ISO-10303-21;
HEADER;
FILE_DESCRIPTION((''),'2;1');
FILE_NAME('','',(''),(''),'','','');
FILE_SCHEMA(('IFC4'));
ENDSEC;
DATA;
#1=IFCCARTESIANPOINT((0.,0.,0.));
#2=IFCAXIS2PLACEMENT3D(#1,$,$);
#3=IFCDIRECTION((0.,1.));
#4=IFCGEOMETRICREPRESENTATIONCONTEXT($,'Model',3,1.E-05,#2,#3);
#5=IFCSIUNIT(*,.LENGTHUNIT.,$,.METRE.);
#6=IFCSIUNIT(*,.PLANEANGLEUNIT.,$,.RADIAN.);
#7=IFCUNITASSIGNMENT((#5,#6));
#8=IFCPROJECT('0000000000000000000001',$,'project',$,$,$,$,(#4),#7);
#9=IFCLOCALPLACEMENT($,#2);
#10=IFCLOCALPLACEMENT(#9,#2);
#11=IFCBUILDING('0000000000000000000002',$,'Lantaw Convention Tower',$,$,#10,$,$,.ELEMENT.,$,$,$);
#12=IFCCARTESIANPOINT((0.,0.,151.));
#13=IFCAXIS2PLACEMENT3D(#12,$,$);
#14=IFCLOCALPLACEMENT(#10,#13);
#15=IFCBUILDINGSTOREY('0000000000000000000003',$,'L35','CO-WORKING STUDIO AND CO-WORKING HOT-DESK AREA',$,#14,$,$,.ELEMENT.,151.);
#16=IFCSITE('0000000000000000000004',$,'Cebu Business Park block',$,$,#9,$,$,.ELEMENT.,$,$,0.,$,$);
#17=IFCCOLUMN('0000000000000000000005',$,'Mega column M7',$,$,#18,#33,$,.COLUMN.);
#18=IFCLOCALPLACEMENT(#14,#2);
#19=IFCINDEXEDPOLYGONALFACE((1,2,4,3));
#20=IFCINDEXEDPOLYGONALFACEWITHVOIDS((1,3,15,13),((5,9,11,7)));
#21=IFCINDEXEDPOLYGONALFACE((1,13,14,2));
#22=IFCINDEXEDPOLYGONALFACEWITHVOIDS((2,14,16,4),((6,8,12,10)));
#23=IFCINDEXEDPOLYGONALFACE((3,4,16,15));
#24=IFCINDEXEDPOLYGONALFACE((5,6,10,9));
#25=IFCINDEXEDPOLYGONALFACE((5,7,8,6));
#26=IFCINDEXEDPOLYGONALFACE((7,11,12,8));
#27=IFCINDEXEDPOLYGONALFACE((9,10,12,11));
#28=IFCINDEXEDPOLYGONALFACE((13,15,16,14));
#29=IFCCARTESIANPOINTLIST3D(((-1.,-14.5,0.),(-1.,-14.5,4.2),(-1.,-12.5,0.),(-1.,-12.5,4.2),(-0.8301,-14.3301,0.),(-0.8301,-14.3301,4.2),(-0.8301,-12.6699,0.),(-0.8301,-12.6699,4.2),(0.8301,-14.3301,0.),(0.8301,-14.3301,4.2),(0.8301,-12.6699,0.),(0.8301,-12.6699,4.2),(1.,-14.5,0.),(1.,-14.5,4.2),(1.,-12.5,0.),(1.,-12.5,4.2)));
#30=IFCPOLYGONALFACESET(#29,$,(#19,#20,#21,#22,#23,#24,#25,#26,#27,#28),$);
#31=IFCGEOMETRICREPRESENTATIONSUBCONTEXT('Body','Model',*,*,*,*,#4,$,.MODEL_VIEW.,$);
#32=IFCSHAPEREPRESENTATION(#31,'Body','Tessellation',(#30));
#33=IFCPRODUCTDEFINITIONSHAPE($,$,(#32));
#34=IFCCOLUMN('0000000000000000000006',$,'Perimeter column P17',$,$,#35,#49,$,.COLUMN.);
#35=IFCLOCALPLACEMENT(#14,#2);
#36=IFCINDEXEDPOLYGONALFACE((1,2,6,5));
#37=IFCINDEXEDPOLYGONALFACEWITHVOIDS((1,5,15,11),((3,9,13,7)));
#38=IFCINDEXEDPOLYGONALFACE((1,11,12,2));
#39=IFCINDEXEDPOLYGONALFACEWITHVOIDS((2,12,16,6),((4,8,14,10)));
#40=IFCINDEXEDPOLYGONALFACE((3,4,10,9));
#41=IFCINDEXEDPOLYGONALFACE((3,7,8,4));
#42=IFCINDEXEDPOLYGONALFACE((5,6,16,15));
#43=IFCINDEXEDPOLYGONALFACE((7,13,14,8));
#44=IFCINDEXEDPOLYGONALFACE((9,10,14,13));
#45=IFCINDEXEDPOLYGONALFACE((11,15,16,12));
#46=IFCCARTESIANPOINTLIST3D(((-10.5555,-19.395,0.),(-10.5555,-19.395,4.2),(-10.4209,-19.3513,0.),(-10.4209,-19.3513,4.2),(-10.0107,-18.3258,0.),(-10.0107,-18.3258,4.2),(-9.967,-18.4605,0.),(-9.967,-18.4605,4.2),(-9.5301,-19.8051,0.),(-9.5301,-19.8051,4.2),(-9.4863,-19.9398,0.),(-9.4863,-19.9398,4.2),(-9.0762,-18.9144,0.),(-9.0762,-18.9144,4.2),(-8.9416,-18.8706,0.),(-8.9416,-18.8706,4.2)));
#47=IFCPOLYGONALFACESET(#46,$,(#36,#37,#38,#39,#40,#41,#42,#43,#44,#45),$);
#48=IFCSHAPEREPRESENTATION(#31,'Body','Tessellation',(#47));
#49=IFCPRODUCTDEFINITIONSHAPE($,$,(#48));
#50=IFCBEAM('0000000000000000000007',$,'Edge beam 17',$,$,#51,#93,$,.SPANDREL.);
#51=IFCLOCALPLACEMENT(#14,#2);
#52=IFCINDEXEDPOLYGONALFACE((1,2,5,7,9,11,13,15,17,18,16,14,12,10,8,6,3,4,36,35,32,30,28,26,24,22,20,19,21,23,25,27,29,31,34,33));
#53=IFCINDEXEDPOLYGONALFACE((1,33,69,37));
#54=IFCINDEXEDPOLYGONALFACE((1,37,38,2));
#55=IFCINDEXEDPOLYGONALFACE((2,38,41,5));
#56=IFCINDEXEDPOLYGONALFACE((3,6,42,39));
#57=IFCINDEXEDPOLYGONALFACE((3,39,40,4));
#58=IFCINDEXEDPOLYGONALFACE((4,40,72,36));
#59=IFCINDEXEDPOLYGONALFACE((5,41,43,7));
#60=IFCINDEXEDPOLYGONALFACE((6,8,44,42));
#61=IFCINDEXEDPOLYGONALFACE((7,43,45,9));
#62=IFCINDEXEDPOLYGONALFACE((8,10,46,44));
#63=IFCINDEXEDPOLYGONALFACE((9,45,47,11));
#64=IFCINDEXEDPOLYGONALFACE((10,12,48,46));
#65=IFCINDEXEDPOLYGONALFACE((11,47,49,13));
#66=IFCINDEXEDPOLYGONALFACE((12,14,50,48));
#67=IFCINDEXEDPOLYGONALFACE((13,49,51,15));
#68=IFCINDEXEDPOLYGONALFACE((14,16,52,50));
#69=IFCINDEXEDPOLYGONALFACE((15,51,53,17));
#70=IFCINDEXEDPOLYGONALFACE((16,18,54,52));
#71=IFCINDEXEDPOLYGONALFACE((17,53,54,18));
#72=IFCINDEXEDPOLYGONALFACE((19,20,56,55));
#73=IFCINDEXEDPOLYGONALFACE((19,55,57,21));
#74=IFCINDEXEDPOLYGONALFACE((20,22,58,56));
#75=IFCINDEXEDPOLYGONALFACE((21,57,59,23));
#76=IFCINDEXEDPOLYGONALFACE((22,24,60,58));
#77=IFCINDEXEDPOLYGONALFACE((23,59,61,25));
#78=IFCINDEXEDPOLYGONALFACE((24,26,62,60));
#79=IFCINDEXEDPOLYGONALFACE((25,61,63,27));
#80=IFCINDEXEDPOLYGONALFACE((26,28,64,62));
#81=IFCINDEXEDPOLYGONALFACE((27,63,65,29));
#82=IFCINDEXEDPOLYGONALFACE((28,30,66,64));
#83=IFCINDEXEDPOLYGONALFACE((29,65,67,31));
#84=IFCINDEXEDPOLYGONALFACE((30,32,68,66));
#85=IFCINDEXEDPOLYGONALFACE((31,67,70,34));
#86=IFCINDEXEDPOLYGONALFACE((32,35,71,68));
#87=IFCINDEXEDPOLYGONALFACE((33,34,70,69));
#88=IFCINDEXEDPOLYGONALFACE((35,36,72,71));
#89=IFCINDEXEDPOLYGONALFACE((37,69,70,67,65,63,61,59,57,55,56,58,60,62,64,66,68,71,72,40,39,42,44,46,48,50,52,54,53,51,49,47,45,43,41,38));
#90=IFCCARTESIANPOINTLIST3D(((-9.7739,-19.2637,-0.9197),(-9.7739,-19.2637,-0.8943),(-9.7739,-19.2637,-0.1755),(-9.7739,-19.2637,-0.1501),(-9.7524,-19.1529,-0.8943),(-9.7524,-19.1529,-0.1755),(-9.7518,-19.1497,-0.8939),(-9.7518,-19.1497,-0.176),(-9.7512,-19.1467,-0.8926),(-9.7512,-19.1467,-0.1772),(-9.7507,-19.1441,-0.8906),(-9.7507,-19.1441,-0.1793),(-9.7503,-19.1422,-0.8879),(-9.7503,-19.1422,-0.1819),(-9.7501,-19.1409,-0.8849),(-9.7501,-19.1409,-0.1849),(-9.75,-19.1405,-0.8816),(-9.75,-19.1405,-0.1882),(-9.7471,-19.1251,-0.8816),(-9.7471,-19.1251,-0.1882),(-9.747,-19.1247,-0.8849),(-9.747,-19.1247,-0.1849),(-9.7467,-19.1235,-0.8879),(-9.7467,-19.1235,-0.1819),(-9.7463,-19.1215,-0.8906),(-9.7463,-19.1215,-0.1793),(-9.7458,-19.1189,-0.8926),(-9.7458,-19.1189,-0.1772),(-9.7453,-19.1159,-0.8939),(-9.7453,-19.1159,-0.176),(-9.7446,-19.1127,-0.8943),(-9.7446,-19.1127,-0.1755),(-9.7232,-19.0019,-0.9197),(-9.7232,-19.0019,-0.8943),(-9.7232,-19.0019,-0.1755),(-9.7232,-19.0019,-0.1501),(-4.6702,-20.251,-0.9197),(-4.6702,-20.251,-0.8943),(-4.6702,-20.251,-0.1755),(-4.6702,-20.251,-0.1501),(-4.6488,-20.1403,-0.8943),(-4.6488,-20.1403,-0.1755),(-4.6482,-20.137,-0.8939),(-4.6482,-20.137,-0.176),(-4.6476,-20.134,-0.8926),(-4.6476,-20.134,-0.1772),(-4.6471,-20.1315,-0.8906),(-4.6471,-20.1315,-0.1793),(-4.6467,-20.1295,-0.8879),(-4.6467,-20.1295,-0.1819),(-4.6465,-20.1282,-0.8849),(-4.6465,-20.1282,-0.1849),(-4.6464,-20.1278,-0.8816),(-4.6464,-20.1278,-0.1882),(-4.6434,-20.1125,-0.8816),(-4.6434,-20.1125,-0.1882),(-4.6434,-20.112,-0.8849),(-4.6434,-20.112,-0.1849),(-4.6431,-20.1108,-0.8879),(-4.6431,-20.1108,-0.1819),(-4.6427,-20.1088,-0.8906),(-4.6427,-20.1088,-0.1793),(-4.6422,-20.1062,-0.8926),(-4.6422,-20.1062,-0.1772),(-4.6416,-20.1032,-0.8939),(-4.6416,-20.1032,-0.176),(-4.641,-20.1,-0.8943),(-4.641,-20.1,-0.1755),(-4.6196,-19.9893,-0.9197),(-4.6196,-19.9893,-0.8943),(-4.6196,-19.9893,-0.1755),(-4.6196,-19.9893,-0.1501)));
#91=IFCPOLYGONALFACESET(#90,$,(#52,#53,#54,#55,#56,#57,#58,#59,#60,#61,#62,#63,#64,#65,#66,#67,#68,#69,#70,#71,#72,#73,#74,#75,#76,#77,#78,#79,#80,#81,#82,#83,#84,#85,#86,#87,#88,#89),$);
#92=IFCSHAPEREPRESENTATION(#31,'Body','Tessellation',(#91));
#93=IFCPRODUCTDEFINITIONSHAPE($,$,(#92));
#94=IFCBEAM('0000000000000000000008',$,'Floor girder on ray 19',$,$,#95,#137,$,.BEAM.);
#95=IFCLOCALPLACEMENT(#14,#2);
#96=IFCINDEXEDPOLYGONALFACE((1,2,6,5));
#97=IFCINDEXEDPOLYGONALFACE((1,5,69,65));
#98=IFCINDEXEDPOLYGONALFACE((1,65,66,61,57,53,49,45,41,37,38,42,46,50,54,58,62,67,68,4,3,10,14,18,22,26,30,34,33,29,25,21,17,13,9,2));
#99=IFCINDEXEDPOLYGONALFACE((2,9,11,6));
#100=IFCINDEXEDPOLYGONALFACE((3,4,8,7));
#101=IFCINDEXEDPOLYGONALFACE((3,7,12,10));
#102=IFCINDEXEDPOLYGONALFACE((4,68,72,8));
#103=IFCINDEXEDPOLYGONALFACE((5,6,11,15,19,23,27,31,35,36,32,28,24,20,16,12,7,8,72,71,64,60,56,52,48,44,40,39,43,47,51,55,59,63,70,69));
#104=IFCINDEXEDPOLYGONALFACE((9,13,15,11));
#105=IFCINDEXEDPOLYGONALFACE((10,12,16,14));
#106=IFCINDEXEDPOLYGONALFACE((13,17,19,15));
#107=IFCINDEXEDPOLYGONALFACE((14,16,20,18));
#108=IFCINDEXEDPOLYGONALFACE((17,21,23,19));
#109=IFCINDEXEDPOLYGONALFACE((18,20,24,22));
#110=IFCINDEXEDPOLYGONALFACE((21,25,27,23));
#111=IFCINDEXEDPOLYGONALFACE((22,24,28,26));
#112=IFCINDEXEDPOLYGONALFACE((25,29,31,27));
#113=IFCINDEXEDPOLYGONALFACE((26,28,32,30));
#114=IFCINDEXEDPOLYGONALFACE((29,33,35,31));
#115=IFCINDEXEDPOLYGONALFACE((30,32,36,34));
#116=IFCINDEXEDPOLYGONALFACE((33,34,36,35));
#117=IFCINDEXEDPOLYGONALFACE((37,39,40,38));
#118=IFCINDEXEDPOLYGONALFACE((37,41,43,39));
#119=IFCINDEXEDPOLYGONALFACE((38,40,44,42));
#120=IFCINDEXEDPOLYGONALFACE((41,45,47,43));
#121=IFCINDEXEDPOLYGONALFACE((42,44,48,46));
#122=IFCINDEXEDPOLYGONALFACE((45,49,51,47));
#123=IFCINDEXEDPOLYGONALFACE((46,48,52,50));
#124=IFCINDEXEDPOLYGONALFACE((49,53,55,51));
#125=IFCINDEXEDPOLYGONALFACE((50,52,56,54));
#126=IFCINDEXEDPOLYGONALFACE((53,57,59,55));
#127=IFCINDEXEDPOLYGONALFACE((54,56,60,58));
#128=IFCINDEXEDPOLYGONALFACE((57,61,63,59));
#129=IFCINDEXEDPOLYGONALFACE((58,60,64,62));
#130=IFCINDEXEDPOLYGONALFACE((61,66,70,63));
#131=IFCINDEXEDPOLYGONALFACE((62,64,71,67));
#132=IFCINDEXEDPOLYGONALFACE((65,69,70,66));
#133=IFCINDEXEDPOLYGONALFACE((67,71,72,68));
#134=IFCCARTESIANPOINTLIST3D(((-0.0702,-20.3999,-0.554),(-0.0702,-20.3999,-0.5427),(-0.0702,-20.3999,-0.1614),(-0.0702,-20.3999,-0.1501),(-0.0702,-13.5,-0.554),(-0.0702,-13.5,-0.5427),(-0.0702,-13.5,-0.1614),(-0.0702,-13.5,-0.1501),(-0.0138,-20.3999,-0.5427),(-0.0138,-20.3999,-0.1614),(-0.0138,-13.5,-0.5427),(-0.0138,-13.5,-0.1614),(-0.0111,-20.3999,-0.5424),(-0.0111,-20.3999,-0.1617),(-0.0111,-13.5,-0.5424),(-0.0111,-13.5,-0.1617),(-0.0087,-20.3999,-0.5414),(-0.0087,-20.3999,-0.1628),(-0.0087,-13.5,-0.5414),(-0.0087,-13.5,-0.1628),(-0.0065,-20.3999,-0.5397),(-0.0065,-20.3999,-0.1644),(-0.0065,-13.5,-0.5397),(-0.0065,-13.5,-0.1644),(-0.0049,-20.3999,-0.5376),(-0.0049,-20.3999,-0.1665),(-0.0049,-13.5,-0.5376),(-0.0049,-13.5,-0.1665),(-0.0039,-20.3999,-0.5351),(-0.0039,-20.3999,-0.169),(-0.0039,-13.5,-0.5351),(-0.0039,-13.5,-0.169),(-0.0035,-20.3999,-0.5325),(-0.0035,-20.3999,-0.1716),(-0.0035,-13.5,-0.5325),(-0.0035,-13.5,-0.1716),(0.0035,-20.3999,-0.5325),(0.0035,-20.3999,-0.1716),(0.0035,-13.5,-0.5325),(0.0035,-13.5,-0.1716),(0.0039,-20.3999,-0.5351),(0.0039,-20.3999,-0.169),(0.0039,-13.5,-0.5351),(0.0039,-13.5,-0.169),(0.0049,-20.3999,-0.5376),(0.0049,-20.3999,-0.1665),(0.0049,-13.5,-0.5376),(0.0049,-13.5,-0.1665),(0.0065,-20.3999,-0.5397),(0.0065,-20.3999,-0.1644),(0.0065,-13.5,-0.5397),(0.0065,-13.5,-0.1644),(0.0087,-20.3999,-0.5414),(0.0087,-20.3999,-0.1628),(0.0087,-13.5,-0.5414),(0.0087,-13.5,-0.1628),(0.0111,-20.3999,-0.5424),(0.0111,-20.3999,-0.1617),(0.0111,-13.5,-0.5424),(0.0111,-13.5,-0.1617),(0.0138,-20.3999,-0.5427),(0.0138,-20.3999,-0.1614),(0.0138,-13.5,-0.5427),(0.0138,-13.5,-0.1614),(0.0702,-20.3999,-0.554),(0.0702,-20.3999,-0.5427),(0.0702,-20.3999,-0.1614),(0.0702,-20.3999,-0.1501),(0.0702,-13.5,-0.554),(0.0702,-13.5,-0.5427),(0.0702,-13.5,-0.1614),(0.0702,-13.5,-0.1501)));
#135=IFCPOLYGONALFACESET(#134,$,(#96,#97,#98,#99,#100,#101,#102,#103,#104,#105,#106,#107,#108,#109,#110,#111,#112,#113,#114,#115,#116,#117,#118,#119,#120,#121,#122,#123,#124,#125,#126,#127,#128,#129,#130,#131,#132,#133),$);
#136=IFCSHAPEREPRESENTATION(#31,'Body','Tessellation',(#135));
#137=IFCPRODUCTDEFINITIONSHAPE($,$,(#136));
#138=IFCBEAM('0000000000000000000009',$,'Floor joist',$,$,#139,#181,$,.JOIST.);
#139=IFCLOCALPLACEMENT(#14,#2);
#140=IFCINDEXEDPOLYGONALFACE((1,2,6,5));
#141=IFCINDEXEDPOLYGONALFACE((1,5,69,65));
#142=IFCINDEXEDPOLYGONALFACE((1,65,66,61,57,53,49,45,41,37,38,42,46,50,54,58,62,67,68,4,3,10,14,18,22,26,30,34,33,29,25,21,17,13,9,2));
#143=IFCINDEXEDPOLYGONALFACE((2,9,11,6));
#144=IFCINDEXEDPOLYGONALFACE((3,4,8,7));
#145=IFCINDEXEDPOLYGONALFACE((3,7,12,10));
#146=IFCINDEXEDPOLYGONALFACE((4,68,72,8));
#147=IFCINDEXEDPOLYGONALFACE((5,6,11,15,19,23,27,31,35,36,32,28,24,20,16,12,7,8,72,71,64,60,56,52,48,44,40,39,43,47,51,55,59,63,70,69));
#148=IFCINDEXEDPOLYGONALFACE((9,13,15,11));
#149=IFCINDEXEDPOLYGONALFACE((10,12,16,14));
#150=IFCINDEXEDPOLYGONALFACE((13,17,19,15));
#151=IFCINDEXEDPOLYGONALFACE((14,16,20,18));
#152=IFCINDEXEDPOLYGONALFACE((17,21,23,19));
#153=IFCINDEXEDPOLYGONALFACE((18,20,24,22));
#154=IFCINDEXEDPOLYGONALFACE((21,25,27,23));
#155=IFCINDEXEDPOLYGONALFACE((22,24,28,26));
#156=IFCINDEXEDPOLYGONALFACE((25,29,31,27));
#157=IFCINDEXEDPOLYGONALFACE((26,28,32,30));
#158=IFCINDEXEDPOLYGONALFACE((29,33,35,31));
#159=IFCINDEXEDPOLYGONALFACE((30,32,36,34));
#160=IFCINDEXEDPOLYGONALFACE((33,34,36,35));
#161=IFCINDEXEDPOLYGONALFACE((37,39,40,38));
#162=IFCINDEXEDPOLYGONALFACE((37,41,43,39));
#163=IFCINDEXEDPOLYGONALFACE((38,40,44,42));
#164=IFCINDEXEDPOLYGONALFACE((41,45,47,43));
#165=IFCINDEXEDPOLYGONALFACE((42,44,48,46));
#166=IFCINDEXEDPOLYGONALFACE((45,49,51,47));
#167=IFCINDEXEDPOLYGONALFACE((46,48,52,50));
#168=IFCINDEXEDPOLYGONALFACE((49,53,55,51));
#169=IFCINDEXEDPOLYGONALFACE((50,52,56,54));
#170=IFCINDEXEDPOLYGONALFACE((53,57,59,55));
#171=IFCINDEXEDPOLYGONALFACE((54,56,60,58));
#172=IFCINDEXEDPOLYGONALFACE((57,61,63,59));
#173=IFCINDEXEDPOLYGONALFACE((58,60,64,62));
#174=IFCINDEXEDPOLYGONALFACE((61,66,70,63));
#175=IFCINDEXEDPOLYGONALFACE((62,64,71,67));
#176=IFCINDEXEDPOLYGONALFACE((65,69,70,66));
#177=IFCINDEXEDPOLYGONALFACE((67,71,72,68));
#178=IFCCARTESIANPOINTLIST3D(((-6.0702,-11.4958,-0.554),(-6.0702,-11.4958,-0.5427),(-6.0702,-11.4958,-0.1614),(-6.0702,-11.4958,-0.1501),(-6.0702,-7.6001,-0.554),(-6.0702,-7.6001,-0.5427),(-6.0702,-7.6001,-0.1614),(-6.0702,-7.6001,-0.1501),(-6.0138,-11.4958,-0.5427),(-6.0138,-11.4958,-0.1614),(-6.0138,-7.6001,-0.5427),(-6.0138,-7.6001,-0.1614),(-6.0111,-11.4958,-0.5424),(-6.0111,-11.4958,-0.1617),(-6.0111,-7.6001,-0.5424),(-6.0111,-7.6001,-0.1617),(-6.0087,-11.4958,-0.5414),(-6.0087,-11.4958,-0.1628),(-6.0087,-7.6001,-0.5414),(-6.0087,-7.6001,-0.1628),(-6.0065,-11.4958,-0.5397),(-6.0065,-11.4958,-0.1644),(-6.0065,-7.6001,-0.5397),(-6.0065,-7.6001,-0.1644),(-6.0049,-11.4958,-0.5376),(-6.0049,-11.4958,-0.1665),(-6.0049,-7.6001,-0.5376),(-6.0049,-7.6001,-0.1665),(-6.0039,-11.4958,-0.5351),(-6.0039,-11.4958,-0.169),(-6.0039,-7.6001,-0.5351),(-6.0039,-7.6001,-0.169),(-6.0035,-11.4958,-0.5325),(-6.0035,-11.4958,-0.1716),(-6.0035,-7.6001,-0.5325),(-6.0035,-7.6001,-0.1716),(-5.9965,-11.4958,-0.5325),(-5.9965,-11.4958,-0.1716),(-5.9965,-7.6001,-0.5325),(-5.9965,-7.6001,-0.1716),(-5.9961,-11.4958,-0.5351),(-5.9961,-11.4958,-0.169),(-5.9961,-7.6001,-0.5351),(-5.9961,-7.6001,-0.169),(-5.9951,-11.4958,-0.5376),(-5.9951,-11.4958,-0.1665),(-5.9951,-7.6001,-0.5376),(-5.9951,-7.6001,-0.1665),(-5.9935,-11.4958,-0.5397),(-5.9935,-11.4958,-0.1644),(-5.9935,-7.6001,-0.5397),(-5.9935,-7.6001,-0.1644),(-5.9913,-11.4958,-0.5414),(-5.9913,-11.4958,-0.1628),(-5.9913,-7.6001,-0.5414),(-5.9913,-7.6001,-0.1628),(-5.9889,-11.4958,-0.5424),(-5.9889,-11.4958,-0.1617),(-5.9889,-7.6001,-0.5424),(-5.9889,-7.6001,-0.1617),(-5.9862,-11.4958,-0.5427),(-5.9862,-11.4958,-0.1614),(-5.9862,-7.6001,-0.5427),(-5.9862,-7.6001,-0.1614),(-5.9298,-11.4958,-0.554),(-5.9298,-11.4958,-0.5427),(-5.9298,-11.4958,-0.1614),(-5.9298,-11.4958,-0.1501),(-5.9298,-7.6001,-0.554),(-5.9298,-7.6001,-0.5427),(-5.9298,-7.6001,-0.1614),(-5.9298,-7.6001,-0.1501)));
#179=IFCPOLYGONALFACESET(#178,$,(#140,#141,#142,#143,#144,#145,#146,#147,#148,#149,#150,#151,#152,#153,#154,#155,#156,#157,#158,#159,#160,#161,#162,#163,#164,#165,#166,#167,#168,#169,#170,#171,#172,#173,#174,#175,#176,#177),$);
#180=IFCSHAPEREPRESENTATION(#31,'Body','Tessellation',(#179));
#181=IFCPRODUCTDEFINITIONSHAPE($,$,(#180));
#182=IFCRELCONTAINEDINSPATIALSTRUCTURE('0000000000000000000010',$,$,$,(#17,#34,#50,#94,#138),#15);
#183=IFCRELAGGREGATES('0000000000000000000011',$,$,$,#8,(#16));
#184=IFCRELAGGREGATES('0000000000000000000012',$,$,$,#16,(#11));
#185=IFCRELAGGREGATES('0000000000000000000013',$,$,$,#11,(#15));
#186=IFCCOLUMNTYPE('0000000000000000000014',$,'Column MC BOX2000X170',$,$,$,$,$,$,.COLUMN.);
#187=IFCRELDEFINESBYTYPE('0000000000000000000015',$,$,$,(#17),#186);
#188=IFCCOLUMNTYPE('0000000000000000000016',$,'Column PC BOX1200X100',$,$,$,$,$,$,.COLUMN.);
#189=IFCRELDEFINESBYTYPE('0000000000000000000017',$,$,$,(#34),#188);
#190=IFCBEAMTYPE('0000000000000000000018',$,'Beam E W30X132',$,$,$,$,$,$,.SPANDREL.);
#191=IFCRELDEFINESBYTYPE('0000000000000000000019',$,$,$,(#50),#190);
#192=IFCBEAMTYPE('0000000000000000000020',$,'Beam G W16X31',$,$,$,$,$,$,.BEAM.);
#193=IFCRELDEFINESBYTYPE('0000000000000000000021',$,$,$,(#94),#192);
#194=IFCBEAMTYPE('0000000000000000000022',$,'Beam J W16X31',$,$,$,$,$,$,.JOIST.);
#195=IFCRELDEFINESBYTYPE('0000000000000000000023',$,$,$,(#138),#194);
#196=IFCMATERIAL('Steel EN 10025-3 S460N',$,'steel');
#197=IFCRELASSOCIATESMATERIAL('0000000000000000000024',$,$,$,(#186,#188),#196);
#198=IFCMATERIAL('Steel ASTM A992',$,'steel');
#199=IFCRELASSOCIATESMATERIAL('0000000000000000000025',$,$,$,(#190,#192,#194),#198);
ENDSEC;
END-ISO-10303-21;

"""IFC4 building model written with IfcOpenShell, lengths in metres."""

from ifc_helpers import new_model, si_unit, direction, frame, origin, origin_2d, place, context, subcontext, project, spatial, rectangle, hollow_rectangle, i_section, extrude, material, material_profile, profile_set, type_object, element, save


model = new_model("IFC4")

# Units and contexts
model_context = context("Model", 3, precision=1e-05, world=origin(), true_north=direction((0.0, 1.0)))
body_context = subcontext(model_context, "Body", "Model", "MODEL_VIEW")
ifc_project = project(units=[si_unit("LENGTHUNIT", "METRE"), si_unit("PLANEANGLEUNIT", "RADIAN")], contexts=[model_context])

# Site, building, storey
site_placement = place(None, origin())
site = spatial("IfcSite", under=ifc_project, at=site_placement, Name="Cebu Business Park block", CompositionType="ELEMENT", RefElevation=0.0)
building_placement = place(site_placement, origin())
building = spatial("IfcBuilding", under=site, at=building_placement, Name="Lantaw Convention Tower", CompositionType="ELEMENT")
storey_placement = place(building_placement, frame((0.0, 0.0, 151.0)))
storey = spatial("IfcBuildingStorey", under=building, at=storey_placement, Name="L35", Description="CO-WORKING STUDIO AND CO-WORKING HOT-DESK AREA", CompositionType="ELEMENT", Elevation=151.0)

# Columns
ifc_material_1 = material(Name="Steel EN 10025-3 S460N", Category="steel")
ifc_material_profile_1 = material_profile(ifc_material_1, hollow_rectangle(XDim=2.0, YDim=2.0, WallThickness=0.1699, at=origin_2d()), Name="BOX2000X170")
ifc_material_2 = material(Name="Concrete C60/75", Category="concrete")
ifc_material_profile_2 = material_profile(ifc_material_2, rectangle(XDim=1.6599, YDim=1.6599, at=origin_2d()), Name="Concrete fill of BOX2000X170")
ifc_profile_set_1 = profile_set([ifc_material_profile_1, ifc_material_profile_2], Name="Steel EN 10025-3 S460N")
column_type_1 = type_object("IfcColumnType", Name="Column MC BOX2000X170", PredefinedType="COLUMN", material=ifc_profile_set_1)
column_1_placement = place(storey_placement, frame((0.0, -13.5, 0.0), z_axis=(0.0, 0.0, 1.0), x_axis=(1.0, 0.0, 0.0)))
element("IfcColumn", 1, at=column_1_placement, inside=storey, type_object=column_type_1, Name="Mega column M7", PredefinedType="COLUMN", context=body_context, shape_type="SweptSolid", body=[
    extrude(hollow_rectangle(XDim=2.0, YDim=2.0, WallThickness=0.1699, at=origin_2d()), origin(), (0.0, 0.0, 1.0), 4.2),
])
ifc_material_profile_3 = material_profile(ifc_material_1, hollow_rectangle(XDim=1.2, YDim=1.2, WallThickness=0.1001, at=origin_2d()), Name="BOX1200X100")
ifc_material_profile_4 = material_profile(ifc_material_2, rectangle(XDim=1.0, YDim=1.0, at=origin_2d()), Name="Concrete fill of BOX1200X100")
ifc_profile_set_2 = profile_set([ifc_material_profile_3, ifc_material_profile_4], Name="Steel EN 10025-3 S460N")
column_type_2 = type_object("IfcColumnType", Name="Column PC BOX1200X100", PredefinedType="COLUMN", material=ifc_profile_set_2)
column_2_placement = place(storey_placement, frame((-9.7485, -19.1328, 0.0), z_axis=(0.0, 0.0, 1.0), x_axis=(0.45399, 0.891007, 0.0)))
element("IfcColumn", 2, at=column_2_placement, inside=storey, type_object=column_type_2, Name="Perimeter column P17", PredefinedType="COLUMN", context=body_context, shape_type="SweptSolid", body=[
    extrude(hollow_rectangle(XDim=1.2, YDim=1.2, WallThickness=0.1001, at=origin_2d()), origin(), (0.0, 0.0, 1.0), 4.2),
])

# Beams
ifc_material_3 = material(Name="Steel ASTM A992", Category="steel")
ifc_material_profile_5 = material_profile(ifc_material_3, i_section(OverallWidth=0.2666, OverallDepth=0.7695, WebThickness=0.0156, FlangeThickness=0.0254, FilletRadius=0.0127, at=origin_2d()), Name="W30X132")
ifc_profile_set_3 = profile_set([ifc_material_profile_5], Name="Steel ASTM A992")
beam_type_1 = type_object("IfcBeamType", Name="Beam E W30X132", PredefinedType="SPANDREL", material=ifc_profile_set_3)
beam_1_placement = place(storey_placement, frame((-9.7485, -19.1328, -0.5349), z_axis=(0.981797, -0.189934, 0.0), x_axis=(0.189934, 0.981797, 0.0)))
element("IfcBeam", 3, at=beam_1_placement, inside=storey, type_object=beam_type_1, Name="Edge beam 17", PredefinedType="SPANDREL", context=body_context, shape_type="SweptSolid", body=[
    extrude(i_section(OverallWidth=0.2666, OverallDepth=0.7695, WebThickness=0.0156, FlangeThickness=0.0254, FilletRadius=0.0127, at=origin_2d()), origin(), (0.0, 0.0, 1.0), 5.1982),
])
ifc_material_profile_6 = material_profile(ifc_material_3, i_section(OverallWidth=0.1404, OverallDepth=0.4038, WebThickness=0.0071, FlangeThickness=0.0112, FilletRadius=0.0103, at=origin_2d()), Name="W16X31")
ifc_profile_set_4 = profile_set([ifc_material_profile_6], Name="Steel ASTM A992")
beam_type_2 = type_object("IfcBeamType", Name="Beam G W16X31", PredefinedType="BEAM", material=ifc_profile_set_4)
beam_2_placement = place(storey_placement, frame((0.0, -13.5, -0.3521), z_axis=(0.0, -1.0, 0.0), x_axis=(1.0, 0.0, 0.0)))
element("IfcBeam", 4, at=beam_2_placement, inside=storey, type_object=beam_type_2, Name="Floor girder on ray 19", PredefinedType="BEAM", context=body_context, shape_type="SweptSolid", body=[
    extrude(i_section(OverallWidth=0.1404, OverallDepth=0.4038, WebThickness=0.0071, FlangeThickness=0.0112, FilletRadius=0.0103, at=origin_2d()), origin(), (0.0, 0.0, 1.0), 6.8999),
])
ifc_material_profile_7 = material_profile(ifc_material_3, i_section(OverallWidth=0.1404, OverallDepth=0.4038, WebThickness=0.0071, FlangeThickness=0.0112, FilletRadius=0.0103, at=origin_2d()), Name="W16X31")
ifc_profile_set_5 = profile_set([ifc_material_profile_7], Name="Steel ASTM A992")
beam_type_3 = type_object("IfcBeamType", Name="Beam J W16X31", PredefinedType="JOIST", material=ifc_profile_set_5)
beam_3_placement = place(storey_placement, frame((-6.0, -11.4958, -0.3521), z_axis=(0.0, 1.0, 0.0), x_axis=(-1.0, 0.0, 0.0)))
element("IfcBeam", 5, at=beam_3_placement, inside=storey, type_object=beam_type_3, Name="Floor joist", PredefinedType="JOIST", context=body_context, shape_type="SweptSolid", body=[
    extrude(i_section(OverallWidth=0.1404, OverallDepth=0.4038, WebThickness=0.0071, FlangeThickness=0.0112, FilletRadius=0.0103, at=origin_2d()), origin(), (0.0, 0.0, 1.0), 3.8958),
])

save(model, "model.ifc")
